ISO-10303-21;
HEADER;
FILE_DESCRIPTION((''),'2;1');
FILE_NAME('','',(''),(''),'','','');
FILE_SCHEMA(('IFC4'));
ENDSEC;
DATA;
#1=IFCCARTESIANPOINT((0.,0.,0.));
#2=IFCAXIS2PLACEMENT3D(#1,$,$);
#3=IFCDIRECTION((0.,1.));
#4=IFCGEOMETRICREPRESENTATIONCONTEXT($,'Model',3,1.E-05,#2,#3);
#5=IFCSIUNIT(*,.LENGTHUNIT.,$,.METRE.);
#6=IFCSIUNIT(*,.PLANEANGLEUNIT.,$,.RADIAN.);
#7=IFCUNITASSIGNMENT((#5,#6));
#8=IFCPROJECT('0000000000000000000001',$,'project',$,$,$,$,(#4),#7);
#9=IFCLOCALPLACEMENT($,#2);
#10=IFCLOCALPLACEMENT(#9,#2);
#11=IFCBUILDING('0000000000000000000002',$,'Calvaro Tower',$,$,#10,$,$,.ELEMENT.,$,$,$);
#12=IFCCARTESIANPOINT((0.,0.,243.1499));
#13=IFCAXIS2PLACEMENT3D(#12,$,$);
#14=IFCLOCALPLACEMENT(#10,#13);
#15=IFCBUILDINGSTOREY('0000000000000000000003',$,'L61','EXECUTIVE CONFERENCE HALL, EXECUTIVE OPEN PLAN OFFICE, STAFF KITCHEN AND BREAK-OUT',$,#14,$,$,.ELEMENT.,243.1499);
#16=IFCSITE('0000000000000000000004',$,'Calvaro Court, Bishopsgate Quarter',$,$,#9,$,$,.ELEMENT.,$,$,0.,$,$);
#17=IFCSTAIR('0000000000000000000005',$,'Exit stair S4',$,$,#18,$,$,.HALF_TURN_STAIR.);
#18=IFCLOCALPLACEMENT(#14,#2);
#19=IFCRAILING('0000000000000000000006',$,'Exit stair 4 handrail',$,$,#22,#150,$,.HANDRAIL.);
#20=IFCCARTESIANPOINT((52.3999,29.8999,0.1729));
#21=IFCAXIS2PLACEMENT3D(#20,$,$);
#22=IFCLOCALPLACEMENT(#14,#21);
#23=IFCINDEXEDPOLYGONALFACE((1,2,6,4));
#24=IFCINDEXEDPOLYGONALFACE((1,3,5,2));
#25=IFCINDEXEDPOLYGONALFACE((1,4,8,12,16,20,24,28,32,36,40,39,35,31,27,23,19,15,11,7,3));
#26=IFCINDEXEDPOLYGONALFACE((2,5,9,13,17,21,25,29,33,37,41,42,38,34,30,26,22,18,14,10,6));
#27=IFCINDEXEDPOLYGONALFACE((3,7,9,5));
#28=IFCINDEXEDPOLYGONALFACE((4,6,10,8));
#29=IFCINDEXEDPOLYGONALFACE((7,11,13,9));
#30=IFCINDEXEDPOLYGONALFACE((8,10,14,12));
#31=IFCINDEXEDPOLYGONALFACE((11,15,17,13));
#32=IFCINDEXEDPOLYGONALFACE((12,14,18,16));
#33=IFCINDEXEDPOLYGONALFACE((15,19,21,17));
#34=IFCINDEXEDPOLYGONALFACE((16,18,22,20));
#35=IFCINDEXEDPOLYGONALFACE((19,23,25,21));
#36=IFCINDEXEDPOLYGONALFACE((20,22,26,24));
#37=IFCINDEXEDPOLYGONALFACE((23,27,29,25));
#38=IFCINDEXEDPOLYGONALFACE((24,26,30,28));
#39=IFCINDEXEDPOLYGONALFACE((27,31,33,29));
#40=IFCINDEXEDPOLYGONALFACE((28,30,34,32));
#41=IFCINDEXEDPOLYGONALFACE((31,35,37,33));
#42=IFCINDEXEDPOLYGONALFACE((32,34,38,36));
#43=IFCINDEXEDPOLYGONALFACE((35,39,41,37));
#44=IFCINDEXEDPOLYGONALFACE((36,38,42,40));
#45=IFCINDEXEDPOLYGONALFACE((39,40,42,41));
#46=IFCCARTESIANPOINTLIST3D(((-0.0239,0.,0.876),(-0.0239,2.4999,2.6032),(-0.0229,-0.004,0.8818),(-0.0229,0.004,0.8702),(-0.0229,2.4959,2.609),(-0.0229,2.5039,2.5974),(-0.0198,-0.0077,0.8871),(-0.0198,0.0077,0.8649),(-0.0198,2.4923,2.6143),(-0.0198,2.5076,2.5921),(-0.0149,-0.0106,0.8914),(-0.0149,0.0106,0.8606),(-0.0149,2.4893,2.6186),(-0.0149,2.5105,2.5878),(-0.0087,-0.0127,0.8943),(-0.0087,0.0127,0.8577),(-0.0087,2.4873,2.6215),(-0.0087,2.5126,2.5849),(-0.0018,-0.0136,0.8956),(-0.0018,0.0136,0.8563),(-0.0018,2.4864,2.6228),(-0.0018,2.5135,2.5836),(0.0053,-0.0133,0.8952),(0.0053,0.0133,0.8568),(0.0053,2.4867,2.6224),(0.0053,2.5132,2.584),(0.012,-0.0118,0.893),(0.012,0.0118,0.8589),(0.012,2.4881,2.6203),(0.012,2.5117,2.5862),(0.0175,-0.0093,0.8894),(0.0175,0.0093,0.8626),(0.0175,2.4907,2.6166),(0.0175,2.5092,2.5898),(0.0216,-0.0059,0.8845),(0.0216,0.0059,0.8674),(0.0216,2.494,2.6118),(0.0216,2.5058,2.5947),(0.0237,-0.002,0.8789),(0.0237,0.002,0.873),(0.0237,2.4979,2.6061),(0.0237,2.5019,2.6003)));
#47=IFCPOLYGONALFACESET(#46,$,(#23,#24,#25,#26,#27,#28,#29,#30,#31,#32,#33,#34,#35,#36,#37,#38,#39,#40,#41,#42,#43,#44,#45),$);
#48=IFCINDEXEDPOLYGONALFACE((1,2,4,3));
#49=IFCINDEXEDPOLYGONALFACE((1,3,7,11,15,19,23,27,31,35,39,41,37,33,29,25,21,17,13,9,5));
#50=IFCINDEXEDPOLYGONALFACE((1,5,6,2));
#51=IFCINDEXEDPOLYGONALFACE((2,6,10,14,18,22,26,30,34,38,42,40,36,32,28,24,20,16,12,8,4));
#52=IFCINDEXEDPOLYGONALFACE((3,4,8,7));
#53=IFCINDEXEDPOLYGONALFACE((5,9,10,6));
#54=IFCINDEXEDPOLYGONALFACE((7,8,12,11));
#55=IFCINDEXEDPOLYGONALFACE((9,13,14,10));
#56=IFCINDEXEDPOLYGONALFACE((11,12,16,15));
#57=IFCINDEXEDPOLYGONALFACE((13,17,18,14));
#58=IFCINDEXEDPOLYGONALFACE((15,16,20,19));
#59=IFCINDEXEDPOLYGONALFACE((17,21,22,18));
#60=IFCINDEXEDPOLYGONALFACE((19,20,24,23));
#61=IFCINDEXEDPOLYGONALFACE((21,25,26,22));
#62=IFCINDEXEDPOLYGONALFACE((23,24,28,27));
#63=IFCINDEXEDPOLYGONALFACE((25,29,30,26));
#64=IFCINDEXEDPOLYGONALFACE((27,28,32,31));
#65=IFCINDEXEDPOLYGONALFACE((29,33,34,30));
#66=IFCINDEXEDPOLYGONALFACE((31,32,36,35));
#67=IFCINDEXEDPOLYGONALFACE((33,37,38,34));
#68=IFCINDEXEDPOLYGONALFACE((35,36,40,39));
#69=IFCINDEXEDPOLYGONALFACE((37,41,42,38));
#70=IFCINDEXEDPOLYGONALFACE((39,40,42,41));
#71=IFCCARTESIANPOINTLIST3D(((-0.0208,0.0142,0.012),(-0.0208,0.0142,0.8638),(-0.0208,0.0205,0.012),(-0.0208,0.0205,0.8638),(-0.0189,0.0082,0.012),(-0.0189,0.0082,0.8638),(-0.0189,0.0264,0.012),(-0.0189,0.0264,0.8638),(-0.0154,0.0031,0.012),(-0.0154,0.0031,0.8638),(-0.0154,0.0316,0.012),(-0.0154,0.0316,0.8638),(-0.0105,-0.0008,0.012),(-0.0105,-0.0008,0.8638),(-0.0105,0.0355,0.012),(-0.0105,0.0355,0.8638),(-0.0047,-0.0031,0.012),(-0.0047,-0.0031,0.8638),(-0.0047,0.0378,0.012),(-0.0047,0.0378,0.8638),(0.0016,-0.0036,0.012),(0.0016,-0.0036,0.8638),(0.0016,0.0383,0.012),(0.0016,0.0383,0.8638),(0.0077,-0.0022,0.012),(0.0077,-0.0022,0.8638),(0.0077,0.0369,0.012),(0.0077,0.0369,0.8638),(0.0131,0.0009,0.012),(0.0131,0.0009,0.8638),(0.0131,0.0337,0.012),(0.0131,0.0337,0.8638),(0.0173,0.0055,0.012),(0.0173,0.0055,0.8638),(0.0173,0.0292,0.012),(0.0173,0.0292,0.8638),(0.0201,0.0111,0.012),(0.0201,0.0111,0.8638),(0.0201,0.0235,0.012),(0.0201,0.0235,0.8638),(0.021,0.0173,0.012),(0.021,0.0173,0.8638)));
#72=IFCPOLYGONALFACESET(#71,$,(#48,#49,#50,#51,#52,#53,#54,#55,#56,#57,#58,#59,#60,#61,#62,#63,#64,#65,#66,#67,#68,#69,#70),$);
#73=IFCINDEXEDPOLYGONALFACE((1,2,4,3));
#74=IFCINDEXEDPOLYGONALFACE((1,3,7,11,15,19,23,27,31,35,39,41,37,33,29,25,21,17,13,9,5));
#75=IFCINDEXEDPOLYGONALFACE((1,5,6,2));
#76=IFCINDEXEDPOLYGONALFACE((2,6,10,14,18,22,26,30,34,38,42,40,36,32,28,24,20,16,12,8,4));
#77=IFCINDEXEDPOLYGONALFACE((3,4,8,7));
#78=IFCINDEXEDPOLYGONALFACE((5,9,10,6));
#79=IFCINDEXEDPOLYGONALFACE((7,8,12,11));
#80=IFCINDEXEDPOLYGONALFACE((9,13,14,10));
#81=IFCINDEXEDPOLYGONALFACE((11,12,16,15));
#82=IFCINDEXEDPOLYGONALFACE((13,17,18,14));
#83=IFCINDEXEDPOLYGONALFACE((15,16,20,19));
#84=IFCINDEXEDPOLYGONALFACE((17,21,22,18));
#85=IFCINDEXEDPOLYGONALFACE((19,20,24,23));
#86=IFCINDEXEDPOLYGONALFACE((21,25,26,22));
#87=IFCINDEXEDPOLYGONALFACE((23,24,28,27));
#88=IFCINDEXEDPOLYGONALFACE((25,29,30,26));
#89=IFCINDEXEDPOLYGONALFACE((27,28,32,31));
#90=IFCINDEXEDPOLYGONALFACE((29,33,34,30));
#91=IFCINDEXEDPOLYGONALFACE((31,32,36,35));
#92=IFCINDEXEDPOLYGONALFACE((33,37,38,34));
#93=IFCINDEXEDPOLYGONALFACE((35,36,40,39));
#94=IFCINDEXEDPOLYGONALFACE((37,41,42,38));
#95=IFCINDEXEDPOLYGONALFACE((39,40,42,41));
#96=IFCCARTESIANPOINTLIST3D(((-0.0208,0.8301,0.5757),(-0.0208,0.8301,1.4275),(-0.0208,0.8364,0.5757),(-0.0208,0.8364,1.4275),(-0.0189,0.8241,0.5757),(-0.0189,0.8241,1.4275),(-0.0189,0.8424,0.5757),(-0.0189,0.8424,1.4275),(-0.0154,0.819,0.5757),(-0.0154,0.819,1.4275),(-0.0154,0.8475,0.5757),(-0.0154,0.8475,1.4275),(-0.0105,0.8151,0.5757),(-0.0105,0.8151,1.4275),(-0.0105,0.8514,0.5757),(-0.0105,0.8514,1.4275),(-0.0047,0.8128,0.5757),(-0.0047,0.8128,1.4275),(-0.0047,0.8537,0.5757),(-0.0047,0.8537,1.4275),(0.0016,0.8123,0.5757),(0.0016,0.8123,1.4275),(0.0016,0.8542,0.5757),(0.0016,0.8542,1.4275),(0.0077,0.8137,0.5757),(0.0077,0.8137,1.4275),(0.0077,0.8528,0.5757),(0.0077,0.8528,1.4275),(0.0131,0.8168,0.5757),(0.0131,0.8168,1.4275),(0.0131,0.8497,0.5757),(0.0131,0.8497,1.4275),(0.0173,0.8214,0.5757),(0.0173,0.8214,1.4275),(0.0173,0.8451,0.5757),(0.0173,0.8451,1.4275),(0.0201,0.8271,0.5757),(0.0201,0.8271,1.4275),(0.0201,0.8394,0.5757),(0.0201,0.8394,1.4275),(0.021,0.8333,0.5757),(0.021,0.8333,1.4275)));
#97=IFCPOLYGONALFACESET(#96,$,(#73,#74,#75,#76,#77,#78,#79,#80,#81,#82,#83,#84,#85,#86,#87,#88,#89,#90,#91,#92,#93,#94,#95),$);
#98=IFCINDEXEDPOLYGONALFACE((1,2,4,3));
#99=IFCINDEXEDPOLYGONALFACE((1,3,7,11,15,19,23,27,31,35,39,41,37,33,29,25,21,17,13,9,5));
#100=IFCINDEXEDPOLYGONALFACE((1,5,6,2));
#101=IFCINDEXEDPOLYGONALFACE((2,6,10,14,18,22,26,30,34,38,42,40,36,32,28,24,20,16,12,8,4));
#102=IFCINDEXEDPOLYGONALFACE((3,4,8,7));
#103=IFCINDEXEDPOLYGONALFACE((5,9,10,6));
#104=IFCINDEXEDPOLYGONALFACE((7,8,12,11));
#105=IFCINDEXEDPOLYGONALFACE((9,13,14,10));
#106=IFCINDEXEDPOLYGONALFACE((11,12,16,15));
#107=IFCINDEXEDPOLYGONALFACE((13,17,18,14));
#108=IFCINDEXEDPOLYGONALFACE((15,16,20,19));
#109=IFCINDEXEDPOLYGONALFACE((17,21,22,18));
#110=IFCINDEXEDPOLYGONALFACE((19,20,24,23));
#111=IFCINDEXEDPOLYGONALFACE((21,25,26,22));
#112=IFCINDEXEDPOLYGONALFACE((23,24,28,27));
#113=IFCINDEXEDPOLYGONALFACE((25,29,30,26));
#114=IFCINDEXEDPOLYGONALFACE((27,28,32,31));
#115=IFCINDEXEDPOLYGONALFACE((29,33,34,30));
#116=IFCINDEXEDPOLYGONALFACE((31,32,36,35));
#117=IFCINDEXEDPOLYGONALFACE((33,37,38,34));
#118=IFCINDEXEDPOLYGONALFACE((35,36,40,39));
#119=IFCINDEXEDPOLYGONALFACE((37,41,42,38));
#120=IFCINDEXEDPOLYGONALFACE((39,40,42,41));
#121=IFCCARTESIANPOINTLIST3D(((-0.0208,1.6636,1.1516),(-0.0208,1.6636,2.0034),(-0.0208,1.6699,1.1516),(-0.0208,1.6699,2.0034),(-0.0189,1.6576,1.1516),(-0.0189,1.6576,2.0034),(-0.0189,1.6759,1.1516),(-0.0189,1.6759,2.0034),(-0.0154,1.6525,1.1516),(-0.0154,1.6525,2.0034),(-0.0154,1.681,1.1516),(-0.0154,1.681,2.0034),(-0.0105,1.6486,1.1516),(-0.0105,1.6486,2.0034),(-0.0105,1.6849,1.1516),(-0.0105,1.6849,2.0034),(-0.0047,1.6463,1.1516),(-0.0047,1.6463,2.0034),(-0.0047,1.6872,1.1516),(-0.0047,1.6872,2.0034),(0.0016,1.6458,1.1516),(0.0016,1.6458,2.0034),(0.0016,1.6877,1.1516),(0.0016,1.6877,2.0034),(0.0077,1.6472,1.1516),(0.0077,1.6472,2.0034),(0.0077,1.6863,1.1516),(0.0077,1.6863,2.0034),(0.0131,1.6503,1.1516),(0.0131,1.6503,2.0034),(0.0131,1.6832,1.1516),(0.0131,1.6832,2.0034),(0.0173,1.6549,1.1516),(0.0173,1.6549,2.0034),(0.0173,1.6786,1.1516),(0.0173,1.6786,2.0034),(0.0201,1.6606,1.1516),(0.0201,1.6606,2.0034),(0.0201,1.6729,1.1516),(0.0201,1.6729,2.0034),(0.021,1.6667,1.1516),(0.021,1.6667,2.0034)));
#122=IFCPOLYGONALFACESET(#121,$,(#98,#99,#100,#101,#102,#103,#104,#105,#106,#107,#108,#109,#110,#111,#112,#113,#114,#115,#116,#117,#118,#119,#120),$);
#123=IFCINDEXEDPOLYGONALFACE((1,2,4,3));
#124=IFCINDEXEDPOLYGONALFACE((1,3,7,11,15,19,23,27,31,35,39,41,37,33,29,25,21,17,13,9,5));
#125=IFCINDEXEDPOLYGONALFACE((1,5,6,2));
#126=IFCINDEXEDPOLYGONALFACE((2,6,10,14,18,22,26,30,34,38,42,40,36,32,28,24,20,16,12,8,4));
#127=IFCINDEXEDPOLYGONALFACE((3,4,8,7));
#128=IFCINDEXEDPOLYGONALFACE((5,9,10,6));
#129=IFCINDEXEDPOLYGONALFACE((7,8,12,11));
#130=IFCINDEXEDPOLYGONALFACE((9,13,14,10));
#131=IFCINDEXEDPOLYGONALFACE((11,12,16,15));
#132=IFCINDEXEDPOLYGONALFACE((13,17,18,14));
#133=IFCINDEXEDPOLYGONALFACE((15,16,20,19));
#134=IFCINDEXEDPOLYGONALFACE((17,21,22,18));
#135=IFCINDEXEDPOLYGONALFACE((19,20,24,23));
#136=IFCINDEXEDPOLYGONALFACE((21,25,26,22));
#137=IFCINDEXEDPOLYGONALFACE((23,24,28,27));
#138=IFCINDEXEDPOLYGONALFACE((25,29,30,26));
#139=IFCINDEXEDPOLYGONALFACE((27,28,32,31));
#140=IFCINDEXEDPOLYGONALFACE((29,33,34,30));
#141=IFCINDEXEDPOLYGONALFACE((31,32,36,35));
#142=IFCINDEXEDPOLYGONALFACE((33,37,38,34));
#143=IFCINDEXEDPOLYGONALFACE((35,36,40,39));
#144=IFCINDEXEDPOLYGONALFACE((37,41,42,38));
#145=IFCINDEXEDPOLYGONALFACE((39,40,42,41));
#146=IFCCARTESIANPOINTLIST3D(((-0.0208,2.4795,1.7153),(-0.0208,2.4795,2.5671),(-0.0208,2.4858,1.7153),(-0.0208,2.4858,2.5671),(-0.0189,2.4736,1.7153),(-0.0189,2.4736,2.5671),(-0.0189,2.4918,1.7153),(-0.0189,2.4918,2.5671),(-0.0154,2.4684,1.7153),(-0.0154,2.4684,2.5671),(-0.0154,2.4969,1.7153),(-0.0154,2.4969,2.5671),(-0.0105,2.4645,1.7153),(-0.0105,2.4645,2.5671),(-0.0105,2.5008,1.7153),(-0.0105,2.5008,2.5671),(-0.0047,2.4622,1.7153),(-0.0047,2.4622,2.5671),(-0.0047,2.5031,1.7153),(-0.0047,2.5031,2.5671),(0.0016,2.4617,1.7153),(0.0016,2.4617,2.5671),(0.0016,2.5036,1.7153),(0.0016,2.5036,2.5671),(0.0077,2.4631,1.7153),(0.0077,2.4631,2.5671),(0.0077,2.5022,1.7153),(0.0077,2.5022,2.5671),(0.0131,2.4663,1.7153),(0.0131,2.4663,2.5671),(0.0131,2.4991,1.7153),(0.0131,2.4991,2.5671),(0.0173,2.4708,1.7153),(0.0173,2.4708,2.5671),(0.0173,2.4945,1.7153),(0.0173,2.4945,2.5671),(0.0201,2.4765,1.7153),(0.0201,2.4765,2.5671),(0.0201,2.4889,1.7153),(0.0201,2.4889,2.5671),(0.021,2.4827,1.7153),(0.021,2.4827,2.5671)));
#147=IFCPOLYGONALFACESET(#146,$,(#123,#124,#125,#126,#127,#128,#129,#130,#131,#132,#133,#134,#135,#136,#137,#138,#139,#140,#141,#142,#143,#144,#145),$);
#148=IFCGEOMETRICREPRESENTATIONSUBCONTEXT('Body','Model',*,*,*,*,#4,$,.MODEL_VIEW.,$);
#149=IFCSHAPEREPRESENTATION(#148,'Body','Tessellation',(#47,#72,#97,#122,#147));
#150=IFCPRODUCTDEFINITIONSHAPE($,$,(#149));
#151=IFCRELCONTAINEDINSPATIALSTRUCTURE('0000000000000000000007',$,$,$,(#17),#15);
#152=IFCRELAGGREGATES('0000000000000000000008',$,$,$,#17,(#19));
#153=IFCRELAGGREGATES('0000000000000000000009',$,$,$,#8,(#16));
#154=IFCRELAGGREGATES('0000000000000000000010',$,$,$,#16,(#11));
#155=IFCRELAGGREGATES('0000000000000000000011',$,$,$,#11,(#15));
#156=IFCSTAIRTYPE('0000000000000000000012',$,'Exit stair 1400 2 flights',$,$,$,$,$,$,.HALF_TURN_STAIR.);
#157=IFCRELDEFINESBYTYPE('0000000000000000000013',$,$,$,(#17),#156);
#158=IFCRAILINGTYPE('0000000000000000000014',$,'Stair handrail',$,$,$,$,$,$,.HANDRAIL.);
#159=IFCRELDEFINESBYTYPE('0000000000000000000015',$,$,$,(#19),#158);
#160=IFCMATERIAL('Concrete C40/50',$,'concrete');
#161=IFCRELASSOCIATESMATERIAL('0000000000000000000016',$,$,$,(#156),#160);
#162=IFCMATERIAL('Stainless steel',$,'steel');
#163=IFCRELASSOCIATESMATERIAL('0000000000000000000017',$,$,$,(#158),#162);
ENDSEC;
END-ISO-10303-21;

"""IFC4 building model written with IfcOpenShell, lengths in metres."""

from ifc_helpers import new_model, si_unit, direction, frame, origin, origin_2d, place, context, subcontext, project, spatial, circle, extrude, material, type_object, element, aggregate, save


model = new_model("IFC4")

# Units and contexts
model_context = context("Model", 3, precision=1e-05, world=origin(), true_north=direction((0.0, 1.0)))
body_context = subcontext(model_context, "Body", "Model", "MODEL_VIEW")
ifc_project = project(units=[si_unit("LENGTHUNIT", "METRE"), si_unit("PLANEANGLEUNIT", "RADIAN")], contexts=[model_context])

# Site, building, storey
site_placement = place(None, origin())
site = spatial("IfcSite", under=ifc_project, at=site_placement, Name="Calvaro Court, Bishopsgate Quarter", CompositionType="ELEMENT", RefElevation=0.0)
building_placement = place(site_placement, origin())
building = spatial("IfcBuilding", under=site, at=building_placement, Name="Calvaro Tower", CompositionType="ELEMENT")
storey_placement = place(building_placement, frame((0.0, 0.0, 243.1499)))
storey = spatial("IfcBuildingStorey", under=building, at=storey_placement, Name="L61", Description="EXECUTIVE CONFERENCE HALL, EXECUTIVE OPEN PLAN OFFICE, STAFF KITCHEN AND BREAK-OUT", CompositionType="ELEMENT", Elevation=243.1499)

# Stair
ifc_material_1 = material(Name="Concrete C40/50", Category="concrete")
stair_type = type_object("IfcStairType", Name="Exit stair 1400 2 flights", PredefinedType="HALF_TURN_STAIR", material=ifc_material_1)
stair_1_placement = place(storey_placement, origin())
stair_1 = element("IfcStair", 1, at=stair_1_placement, inside=storey, type_object=stair_type, Name="Exit stair S4", PredefinedType="HALF_TURN_STAIR")

# Railing
ifc_material_2 = material(Name="Stainless steel", Category="steel")
railing_type = type_object("IfcRailingType", Name="Stair handrail", PredefinedType="HANDRAIL", material=ifc_material_2)
railing_1_placement = place(storey_placement, frame((52.3999, 29.8999, 0.1729)))
railing_1 = element("IfcRailing", 2, at=railing_1_placement, type_object=railing_type, Name="Exit stair 4 handrail", PredefinedType="HANDRAIL", context=body_context, shape_type="SweptSolid", body=[
    extrude(circle(Radius=0.0239, at=origin_2d()), frame((0.0, 0.0, 0.876), z_axis=(0.0, 0.822727, 0.568437), x_axis=(-1.0, 0.0, 0.0)), (0.0, 0.0, 1.0), 3.0386),
    extrude(circle(Radius=0.021, at=origin_2d()), frame((0.0, 0.0173, 0.012)), (0.0, 0.0, 1.0), 0.8518),
    extrude(circle(Radius=0.021, at=origin_2d()), frame((0.0, 0.8333, 0.5757)), (0.0, 0.0, 1.0), 0.8518),
    extrude(circle(Radius=0.021, at=origin_2d()), frame((0.0, 1.6667, 1.1516)), (0.0, 0.0, 1.0), 0.8518),
    extrude(circle(Radius=0.021, at=origin_2d()), frame((0.0, 2.4827, 1.7153)), (0.0, 0.0, 1.0), 0.8518),
])
aggregate(stair_1, [railing_1])

save(model, "model.ifc")
